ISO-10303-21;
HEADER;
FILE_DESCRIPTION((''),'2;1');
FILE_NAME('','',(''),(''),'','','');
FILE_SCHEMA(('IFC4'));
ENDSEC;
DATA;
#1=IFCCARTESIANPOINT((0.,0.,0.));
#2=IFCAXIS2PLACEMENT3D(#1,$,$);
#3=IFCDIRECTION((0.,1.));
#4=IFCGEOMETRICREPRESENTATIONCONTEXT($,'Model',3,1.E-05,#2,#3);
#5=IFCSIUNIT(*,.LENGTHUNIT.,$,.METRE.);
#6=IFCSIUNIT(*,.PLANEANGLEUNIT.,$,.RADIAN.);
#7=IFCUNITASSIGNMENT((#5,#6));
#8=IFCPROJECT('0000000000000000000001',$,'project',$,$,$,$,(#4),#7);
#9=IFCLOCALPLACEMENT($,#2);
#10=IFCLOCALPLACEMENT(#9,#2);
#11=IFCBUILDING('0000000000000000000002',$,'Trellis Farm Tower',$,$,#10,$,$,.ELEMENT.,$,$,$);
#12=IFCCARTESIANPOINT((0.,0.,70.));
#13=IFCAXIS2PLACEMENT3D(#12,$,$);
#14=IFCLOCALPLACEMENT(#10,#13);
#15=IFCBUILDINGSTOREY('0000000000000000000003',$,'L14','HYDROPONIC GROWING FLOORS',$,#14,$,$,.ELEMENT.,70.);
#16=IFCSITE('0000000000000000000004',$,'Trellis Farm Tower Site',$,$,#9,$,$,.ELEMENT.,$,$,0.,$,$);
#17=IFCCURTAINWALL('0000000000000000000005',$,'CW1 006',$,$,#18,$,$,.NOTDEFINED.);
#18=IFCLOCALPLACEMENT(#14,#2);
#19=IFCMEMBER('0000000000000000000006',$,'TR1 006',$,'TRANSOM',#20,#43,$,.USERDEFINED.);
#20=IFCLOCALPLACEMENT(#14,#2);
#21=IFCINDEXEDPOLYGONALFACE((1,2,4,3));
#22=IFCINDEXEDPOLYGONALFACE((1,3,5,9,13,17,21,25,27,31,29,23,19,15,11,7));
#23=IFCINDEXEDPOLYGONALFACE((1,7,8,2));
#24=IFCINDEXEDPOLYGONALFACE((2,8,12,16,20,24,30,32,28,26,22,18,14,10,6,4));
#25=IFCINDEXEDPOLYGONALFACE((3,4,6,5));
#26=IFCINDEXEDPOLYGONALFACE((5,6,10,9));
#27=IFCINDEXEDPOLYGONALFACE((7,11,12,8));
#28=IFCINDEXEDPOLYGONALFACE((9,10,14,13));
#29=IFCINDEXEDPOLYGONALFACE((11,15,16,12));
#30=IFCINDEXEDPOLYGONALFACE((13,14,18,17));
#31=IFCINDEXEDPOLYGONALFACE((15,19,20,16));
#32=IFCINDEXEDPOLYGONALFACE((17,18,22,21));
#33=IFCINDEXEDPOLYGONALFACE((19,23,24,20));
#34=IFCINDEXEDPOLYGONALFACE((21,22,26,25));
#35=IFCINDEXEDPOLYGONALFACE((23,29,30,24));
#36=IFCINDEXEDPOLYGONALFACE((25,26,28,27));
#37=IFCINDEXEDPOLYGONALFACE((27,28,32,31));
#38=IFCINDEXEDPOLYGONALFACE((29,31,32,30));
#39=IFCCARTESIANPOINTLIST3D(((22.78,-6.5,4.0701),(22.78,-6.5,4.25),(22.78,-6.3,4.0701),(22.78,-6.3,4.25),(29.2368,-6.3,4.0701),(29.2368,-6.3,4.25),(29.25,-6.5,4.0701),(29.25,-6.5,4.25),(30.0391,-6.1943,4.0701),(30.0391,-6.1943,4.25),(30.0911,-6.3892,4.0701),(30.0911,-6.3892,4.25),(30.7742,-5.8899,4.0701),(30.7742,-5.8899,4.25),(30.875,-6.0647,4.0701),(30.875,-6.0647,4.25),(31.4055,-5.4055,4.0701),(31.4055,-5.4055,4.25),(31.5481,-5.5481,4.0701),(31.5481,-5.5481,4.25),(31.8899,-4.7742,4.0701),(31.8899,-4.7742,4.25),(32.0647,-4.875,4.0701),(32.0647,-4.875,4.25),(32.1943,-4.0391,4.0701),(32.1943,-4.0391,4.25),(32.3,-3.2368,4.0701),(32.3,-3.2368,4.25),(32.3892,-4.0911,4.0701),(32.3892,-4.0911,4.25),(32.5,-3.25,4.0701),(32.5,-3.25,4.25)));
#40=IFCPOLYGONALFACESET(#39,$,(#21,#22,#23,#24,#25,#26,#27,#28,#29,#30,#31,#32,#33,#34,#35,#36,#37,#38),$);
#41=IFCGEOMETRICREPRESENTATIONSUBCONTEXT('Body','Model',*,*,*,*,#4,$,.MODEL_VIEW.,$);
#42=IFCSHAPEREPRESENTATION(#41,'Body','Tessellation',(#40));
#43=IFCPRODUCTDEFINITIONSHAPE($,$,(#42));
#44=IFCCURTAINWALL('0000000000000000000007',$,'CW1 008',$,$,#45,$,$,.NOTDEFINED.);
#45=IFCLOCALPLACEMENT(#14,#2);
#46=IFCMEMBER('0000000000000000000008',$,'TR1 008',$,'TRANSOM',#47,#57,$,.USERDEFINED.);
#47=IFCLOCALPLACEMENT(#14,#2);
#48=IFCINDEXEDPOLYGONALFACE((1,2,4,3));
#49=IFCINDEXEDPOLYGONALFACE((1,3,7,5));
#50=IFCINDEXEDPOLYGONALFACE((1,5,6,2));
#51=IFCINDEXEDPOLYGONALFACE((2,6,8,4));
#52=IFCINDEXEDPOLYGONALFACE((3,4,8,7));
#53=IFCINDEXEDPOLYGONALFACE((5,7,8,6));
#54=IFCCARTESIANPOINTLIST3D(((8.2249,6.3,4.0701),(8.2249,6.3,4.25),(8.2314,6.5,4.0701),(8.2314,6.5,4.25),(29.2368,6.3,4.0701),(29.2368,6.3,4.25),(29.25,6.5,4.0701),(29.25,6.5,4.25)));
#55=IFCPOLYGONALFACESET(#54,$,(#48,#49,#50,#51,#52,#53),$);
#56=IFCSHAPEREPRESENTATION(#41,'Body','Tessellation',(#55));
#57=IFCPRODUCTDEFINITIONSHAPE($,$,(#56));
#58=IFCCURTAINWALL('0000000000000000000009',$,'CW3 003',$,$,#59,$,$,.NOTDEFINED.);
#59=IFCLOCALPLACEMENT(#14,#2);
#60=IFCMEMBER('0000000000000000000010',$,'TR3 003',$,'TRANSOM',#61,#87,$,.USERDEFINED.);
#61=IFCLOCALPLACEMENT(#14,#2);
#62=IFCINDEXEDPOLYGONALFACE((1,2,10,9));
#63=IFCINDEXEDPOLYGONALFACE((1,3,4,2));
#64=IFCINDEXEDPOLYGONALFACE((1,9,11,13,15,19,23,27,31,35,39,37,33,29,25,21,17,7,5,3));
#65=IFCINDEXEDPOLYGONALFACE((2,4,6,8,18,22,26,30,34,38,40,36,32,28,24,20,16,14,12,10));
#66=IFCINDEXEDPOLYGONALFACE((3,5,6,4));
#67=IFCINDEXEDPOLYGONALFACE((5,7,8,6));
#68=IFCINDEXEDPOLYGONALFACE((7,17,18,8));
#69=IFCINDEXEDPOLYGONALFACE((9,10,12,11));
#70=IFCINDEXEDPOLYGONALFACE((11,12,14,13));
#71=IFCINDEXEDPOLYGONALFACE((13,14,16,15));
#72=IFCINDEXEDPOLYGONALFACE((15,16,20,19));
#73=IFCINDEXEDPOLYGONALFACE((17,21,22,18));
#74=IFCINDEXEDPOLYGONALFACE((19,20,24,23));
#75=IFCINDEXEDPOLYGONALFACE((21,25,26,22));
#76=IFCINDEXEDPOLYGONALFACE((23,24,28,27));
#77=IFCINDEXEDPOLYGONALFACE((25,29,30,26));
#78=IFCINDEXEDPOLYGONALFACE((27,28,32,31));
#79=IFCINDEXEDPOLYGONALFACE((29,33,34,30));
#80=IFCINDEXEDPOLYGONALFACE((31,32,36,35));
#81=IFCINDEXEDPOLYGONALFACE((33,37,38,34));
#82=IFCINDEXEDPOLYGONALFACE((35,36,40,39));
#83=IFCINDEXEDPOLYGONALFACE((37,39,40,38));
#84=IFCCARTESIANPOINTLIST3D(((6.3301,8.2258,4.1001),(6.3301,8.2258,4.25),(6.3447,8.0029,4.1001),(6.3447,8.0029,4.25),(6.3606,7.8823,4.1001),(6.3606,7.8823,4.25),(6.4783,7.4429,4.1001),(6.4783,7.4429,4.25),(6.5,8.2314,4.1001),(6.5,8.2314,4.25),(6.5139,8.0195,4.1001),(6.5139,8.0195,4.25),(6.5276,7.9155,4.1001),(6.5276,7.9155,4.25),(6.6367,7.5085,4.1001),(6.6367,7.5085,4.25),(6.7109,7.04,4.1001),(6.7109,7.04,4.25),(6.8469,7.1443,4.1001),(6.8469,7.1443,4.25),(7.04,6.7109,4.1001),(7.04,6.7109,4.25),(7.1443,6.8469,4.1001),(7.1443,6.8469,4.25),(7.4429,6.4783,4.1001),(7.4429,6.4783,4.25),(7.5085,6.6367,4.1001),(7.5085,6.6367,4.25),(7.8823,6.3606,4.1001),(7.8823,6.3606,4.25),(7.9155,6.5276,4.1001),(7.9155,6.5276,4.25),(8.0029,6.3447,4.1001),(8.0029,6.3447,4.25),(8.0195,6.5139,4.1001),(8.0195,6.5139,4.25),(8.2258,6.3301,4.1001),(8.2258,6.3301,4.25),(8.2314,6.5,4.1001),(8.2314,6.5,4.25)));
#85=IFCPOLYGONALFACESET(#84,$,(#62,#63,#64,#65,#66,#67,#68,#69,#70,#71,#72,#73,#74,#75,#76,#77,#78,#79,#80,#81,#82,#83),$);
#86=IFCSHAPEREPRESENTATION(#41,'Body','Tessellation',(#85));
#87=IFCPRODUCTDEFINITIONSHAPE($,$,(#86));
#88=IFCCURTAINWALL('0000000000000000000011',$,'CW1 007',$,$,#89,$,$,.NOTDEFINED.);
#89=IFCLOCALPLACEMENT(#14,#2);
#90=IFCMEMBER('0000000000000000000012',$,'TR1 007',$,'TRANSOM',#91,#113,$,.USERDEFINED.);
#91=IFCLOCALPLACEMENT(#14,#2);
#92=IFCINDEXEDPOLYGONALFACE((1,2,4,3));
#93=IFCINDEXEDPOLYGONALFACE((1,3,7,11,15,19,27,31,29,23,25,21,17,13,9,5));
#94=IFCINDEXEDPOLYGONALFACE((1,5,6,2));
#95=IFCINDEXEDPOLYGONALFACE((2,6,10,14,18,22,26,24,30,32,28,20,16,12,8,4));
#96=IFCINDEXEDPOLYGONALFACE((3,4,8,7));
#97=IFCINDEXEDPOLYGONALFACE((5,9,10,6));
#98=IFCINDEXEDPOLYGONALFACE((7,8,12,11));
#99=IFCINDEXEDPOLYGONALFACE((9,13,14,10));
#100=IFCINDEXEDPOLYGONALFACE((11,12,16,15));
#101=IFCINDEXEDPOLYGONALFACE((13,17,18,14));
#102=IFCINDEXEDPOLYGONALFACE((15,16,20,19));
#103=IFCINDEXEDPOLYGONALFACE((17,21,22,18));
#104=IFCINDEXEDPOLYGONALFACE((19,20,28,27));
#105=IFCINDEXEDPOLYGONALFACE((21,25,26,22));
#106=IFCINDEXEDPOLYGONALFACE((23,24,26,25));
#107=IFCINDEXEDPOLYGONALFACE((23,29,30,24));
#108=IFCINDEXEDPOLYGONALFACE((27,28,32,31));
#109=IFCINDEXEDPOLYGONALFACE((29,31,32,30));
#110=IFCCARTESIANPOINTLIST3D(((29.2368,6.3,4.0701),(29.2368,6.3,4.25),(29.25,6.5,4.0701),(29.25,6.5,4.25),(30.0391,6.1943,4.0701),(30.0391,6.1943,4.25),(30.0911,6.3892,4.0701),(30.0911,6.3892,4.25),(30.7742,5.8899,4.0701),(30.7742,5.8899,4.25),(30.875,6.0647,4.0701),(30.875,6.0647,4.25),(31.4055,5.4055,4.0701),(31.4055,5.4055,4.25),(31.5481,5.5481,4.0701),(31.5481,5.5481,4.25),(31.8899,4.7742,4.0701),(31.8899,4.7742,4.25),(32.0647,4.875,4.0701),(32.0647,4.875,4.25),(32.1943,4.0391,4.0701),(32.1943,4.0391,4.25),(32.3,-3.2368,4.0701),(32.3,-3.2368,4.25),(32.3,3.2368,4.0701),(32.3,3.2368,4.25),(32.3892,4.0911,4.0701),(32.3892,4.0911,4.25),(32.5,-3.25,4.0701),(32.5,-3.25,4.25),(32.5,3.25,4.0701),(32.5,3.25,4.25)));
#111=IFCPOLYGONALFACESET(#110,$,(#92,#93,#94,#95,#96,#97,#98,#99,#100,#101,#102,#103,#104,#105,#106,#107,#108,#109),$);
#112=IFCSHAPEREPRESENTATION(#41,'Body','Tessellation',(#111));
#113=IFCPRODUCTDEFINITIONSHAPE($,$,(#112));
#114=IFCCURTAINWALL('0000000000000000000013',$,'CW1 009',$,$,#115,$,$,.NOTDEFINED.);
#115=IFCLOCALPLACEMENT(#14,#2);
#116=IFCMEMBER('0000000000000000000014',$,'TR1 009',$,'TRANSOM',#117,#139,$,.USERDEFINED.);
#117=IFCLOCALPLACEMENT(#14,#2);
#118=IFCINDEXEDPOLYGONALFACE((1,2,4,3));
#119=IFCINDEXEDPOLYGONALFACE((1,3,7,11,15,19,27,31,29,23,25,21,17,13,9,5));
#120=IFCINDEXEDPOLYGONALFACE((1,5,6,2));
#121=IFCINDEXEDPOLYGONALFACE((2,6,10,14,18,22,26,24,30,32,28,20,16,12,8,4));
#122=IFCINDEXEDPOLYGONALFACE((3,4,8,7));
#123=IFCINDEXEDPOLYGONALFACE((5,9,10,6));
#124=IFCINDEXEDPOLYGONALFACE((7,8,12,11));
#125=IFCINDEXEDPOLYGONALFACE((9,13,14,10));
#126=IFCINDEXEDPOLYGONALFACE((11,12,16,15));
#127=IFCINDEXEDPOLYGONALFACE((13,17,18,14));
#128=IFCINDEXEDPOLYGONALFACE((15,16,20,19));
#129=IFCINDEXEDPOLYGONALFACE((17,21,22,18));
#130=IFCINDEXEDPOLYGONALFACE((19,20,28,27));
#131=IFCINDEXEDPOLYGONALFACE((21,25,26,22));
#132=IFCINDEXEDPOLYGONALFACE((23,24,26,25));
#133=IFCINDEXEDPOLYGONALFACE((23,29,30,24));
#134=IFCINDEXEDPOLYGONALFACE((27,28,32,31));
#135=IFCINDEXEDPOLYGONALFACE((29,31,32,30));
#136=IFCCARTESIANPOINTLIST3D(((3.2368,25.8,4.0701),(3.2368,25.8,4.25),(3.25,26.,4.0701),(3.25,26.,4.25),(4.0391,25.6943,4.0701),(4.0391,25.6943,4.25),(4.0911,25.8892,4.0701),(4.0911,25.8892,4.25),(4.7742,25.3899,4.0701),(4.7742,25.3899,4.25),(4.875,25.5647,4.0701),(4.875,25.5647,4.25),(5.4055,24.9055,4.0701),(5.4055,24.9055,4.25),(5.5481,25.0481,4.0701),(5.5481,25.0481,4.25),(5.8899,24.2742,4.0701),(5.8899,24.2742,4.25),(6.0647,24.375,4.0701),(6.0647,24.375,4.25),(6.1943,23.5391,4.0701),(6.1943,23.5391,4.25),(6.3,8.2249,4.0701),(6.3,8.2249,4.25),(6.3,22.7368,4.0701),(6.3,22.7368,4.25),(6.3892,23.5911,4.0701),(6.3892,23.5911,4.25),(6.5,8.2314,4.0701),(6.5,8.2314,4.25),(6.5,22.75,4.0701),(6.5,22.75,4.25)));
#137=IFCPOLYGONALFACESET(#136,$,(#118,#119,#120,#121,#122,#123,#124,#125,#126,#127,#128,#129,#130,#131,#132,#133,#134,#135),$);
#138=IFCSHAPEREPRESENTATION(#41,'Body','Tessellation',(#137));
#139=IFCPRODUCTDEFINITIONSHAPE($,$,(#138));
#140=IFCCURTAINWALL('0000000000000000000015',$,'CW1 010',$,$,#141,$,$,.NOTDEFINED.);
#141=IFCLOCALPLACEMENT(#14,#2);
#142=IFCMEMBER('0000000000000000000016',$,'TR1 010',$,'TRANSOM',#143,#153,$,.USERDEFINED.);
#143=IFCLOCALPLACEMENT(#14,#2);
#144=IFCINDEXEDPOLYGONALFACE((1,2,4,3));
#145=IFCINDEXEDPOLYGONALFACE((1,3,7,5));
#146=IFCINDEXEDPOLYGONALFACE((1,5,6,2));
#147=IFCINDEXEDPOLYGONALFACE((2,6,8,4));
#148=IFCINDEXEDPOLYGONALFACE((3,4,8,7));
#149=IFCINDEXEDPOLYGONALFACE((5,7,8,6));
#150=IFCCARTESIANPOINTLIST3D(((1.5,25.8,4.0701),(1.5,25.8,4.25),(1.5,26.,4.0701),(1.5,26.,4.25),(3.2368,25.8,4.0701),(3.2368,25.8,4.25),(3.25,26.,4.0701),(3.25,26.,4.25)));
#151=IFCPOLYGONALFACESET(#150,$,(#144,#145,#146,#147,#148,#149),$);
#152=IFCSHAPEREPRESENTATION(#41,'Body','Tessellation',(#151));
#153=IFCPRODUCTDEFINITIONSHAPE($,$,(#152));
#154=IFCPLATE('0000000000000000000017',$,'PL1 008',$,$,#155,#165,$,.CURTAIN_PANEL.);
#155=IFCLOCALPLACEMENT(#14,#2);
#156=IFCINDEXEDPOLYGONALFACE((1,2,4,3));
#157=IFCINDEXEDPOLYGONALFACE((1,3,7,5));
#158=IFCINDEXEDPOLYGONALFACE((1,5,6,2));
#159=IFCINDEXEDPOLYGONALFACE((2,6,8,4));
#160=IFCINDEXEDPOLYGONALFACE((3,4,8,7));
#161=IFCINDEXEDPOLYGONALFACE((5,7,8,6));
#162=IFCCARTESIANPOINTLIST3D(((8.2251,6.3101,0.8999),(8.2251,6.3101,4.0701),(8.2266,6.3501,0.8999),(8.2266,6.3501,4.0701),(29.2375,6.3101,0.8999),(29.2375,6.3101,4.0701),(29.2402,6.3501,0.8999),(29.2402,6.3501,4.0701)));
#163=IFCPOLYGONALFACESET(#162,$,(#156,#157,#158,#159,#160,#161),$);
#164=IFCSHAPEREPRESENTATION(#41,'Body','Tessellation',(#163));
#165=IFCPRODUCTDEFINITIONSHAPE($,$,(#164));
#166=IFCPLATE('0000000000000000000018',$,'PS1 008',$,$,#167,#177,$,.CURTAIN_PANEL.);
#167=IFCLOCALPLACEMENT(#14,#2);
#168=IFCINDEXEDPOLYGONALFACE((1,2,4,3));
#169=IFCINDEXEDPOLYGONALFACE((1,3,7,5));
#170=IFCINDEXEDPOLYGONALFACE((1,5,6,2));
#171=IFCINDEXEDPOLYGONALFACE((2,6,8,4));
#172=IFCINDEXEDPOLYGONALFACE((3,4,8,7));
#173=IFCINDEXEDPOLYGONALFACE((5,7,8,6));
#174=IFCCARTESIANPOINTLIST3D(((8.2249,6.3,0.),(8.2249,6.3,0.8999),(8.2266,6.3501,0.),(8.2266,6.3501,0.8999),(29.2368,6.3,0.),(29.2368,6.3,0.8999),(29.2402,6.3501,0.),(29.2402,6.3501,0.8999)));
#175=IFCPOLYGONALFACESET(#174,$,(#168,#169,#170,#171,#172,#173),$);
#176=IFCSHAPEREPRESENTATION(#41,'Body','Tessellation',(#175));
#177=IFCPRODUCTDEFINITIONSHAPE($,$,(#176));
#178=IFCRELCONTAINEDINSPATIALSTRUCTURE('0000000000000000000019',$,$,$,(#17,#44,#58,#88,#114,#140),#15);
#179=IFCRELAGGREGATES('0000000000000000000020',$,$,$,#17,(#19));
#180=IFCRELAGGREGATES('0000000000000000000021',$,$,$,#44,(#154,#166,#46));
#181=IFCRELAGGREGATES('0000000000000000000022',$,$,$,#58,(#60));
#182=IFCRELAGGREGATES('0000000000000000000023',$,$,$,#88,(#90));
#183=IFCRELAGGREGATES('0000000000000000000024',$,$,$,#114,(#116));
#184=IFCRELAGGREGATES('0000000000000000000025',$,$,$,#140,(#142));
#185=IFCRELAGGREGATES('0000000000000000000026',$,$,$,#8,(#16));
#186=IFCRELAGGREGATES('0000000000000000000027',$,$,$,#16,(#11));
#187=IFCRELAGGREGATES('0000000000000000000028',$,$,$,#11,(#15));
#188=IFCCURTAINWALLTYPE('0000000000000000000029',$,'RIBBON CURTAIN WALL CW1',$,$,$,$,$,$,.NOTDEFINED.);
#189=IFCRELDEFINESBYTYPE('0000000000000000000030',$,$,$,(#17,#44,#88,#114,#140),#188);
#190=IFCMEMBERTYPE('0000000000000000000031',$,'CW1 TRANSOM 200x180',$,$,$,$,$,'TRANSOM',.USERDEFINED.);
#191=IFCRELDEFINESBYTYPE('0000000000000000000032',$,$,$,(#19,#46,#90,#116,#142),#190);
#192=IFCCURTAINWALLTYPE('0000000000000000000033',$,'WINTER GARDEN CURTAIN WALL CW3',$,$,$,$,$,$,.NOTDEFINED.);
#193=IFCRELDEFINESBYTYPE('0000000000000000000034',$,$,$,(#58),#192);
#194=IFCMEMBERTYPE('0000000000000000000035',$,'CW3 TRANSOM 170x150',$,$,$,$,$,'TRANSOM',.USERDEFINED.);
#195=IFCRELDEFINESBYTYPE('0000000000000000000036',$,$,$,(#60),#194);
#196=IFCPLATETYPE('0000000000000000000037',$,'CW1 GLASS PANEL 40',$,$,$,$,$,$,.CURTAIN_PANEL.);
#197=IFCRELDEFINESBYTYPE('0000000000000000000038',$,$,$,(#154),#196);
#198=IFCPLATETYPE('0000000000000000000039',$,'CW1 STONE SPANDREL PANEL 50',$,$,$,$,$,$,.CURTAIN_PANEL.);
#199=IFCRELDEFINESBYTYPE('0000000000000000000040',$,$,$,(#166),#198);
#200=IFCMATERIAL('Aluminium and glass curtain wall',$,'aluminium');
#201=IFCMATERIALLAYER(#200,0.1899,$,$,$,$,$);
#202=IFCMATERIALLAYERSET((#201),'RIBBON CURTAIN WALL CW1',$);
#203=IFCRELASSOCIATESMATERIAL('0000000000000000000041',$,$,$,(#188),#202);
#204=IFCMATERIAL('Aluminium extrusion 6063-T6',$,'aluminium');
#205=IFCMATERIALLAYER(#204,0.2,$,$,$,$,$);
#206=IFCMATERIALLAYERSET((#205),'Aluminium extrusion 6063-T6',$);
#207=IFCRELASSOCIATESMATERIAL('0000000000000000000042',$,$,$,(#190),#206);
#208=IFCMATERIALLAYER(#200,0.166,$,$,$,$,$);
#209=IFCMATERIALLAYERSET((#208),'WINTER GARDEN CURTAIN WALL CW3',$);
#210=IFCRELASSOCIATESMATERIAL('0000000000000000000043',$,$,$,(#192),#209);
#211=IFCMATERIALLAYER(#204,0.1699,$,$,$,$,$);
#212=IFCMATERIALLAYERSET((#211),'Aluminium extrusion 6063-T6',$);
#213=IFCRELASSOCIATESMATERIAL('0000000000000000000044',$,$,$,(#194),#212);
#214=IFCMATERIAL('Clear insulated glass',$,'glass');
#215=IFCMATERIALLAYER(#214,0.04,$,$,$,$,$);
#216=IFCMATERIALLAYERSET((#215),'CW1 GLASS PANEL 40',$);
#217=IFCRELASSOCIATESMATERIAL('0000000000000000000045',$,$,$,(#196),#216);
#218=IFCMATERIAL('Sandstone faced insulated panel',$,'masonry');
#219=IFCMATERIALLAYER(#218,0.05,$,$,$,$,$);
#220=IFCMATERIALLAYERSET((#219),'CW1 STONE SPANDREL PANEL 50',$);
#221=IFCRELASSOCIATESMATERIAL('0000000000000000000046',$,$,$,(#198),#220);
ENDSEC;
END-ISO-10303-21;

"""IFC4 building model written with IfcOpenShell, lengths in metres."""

from ifc_helpers import new_model, si_unit, direction, frame, origin, place, context, subcontext, project, spatial, polyline, outline, extrude, source, transform, mapped, material, layer, layer_set, type_object, element, aggregate, save


model = new_model("IFC4")

# Units and contexts
model_context = context("Model", 3, precision=1e-05, world=origin(), true_north=direction((0.0, 1.0)))
body_context = subcontext(model_context, "Body", "Model", "MODEL_VIEW")
ifc_project = project(units=[si_unit("LENGTHUNIT", "METRE"), si_unit("PLANEANGLEUNIT", "RADIAN")], contexts=[model_context])

# Site, building, storey
site_placement = place(None, origin())
site = spatial("IfcSite", under=ifc_project, at=site_placement, Name="Trellis Farm Tower Site", CompositionType="ELEMENT", RefElevation=0.0)
building_placement = place(site_placement, origin())
building = spatial("IfcBuilding", under=site, at=building_placement, Name="Trellis Farm Tower", CompositionType="ELEMENT")
storey_placement = place(building_placement, frame((0.0, 0.0, 70.0)))
storey = spatial("IfcBuildingStorey", under=building, at=storey_placement, Name="L14", Description="HYDROPONIC GROWING FLOORS", CompositionType="ELEMENT", Elevation=70.0)

# Curtain walls, members
ifc_material_1 = material(Name="Aluminium and glass curtain wall", Category="aluminium")
ifc_layer_1 = layer(ifc_material_1, 0.1899)
ifc_layer_set_1 = layer_set([ifc_layer_1], Name="RIBBON CURTAIN WALL CW1")
curtain_wall_type_1 = type_object("IfcCurtainWallType", Name="RIBBON CURTAIN WALL CW1", PredefinedType="NOTDEFINED", material=ifc_layer_set_1)
placement_1 = place(storey_placement, origin())
curtain_wall_1 = element("IfcCurtainWall", 1, at=placement_1, inside=storey, type_object=curtain_wall_type_1, Name="CW1 006", PredefinedType="NOTDEFINED")
ifc_material_2 = material(Name="Aluminium extrusion 6063-T6", Category="aluminium")
ifc_layer_2 = layer(ifc_material_2, 0.2)
ifc_layer_set_2 = layer_set([ifc_layer_2], Name="Aluminium extrusion 6063-T6")
member_type_1 = type_object("IfcMemberType", Name="CW1 TRANSOM 200x180", ElementType="TRANSOM", PredefinedType="USERDEFINED", material=ifc_layer_set_2)
shared_shape_1 = source(origin(), body_context, "Body", "SweptSolid", [
    extrude(outline(polyline([(22.78, -6.5), (29.25, -6.5), (30.0911, -6.3892), (30.875, -6.0647), (31.5481, -5.5481), (32.0647, -4.875), (32.3892, -4.0911), (32.5, -3.25), (32.3, -3.2368), (32.1943, -4.0391), (31.8899, -4.7742), (31.4055, -5.4055), (30.7742, -5.8899), (30.0391, -6.1943), (29.2368, -6.3), (22.78, -6.3), (22.78, -6.5)])), origin(), (0.0, 0.0, 1.0), 0.1799),
])
placement_2 = place(storey_placement, frame((0.0, 0.0, 4.0701)))
member_1 = element("IfcMember", 2, at=placement_2, type_object=member_type_1, Name="TR1 006", ObjectType="TRANSOM", PredefinedType="USERDEFINED", context=body_context, shape_type="MappedRepresentation", body=[
    mapped(shared_shape_1, transform((0.0, 0.0, 0.0))),
])
aggregate(curtain_wall_1, [member_1])
curtain_wall_2 = element("IfcCurtainWall", 3, at=placement_1, inside=storey, type_object=curtain_wall_type_1, Name="CW1 008", PredefinedType="NOTDEFINED")
shared_shape_2 = source(origin(), body_context, "Body", "SweptSolid", [
    extrude(outline(polyline([(29.25, 6.5), (8.2314, 6.5), (8.2249, 6.3), (29.2368, 6.3), (29.25, 6.5)])), origin(), (0.0, 0.0, 1.0), 0.1799),
])
member_2 = element("IfcMember", 4, at=placement_2, type_object=member_type_1, Name="TR1 008", ObjectType="TRANSOM", PredefinedType="USERDEFINED", context=body_context, shape_type="MappedRepresentation", body=[
    mapped(shared_shape_2, transform((0.0, 0.0, 0.0))),
])
ifc_layer_3 = layer(ifc_material_1, 0.166)
ifc_layer_set_3 = layer_set([ifc_layer_3], Name="WINTER GARDEN CURTAIN WALL CW3")
curtain_wall_type_2 = type_object("IfcCurtainWallType", Name="WINTER GARDEN CURTAIN WALL CW3", PredefinedType="NOTDEFINED", material=ifc_layer_set_3)
curtain_wall_3 = element("IfcCurtainWall", 5, at=placement_1, inside=storey, type_object=curtain_wall_type_2, Name="CW3 003", PredefinedType="NOTDEFINED")
ifc_layer_4 = layer(ifc_material_2, 0.1699)
ifc_layer_set_4 = layer_set([ifc_layer_4], Name="Aluminium extrusion 6063-T6")
member_type_2 = type_object("IfcMemberType", Name="CW3 TRANSOM 170x150", ElementType="TRANSOM", PredefinedType="USERDEFINED", material=ifc_layer_set_4)
shared_shape_3 = source(origin(), body_context, "Body", "SweptSolid", [
    extrude(outline(polyline([(8.2314, 6.5), (8.0195, 6.5139), (7.9155, 6.5276), (7.5085, 6.6367), (7.1443, 6.8469), (6.8469, 7.1443), (6.6367, 7.5085), (6.5276, 7.9155), (6.5139, 8.0195), (6.5, 8.2314), (6.3301, 8.2258), (6.3447, 8.0029), (6.3606, 7.8823), (6.4783, 7.4429), (6.7109, 7.04), (7.04, 6.7109), (7.4429, 6.4783), (7.8823, 6.3606), (8.0029, 6.3447), (8.2258, 6.3301), (8.2314, 6.5)])), origin(), (0.0, 0.0, 1.0), 0.1499),
])
member_3_placement = place(storey_placement, frame((0.0, 0.0, 4.1001)))
member_3 = element("IfcMember", 6, at=member_3_placement, type_object=member_type_2, Name="TR3 003", ObjectType="TRANSOM", PredefinedType="USERDEFINED", context=body_context, shape_type="MappedRepresentation", body=[
    mapped(shared_shape_3, transform((0.0, 0.0, 0.0))),
])
curtain_wall_4 = element("IfcCurtainWall", 7, at=placement_1, inside=storey, type_object=curtain_wall_type_1, Name="CW1 007", PredefinedType="NOTDEFINED")
shared_shape_4 = source(origin(), body_context, "Body", "SweptSolid", [
    extrude(outline(polyline([(32.5, -3.25), (32.5, 3.25), (32.3892, 4.0911), (32.0647, 4.875), (31.5481, 5.5481), (30.875, 6.0647), (30.0911, 6.3892), (29.25, 6.5), (29.2368, 6.3), (30.0391, 6.1943), (30.7742, 5.8899), (31.4055, 5.4055), (31.8899, 4.7742), (32.1943, 4.0391), (32.3, 3.2368), (32.3, -3.2368), (32.5, -3.25)])), origin(), (0.0, 0.0, 1.0), 0.1799),
])
member_4 = element("IfcMember", 8, at=placement_2, type_object=member_type_1, Name="TR1 007", ObjectType="TRANSOM", PredefinedType="USERDEFINED", context=body_context, shape_type="MappedRepresentation", body=[
    mapped(shared_shape_4, transform((0.0, 0.0, 0.0))),
])
curtain_wall_5 = element("IfcCurtainWall", 9, at=placement_1, inside=storey, type_object=curtain_wall_type_1, Name="CW1 009", PredefinedType="NOTDEFINED")
shared_shape_5 = source(origin(), body_context, "Body", "SweptSolid", [
    extrude(outline(polyline([(6.5, 8.2314), (6.5, 22.75), (6.3892, 23.5911), (6.0647, 24.375), (5.5481, 25.0481), (4.875, 25.5647), (4.0911, 25.8892), (3.25, 26.0), (3.2368, 25.8), (4.0391, 25.6943), (4.7742, 25.3899), (5.4055, 24.9055), (5.8899, 24.2742), (6.1943, 23.5391), (6.3, 22.7368), (6.3, 8.2249), (6.5, 8.2314)])), origin(), (0.0, 0.0, 1.0), 0.1799),
])
member_5 = element("IfcMember", 10, at=placement_2, type_object=member_type_1, Name="TR1 009", ObjectType="TRANSOM", PredefinedType="USERDEFINED", context=body_context, shape_type="MappedRepresentation", body=[
    mapped(shared_shape_5, transform((0.0, 0.0, 0.0))),
])
curtain_wall_6 = element("IfcCurtainWall", 11, at=placement_1, inside=storey, type_object=curtain_wall_type_1, Name="CW1 010", PredefinedType="NOTDEFINED")
shared_shape_6 = source(origin(), body_context, "Body", "SweptSolid", [
    extrude(outline(polyline([(3.25, 26.0), (1.5, 26.0), (1.5, 25.8), (3.2368, 25.8), (3.25, 26.0)])), origin(), (0.0, 0.0, 1.0), 0.1799),
])
member_6 = element("IfcMember", 12, at=placement_2, type_object=member_type_1, Name="TR1 010", ObjectType="TRANSOM", PredefinedType="USERDEFINED", context=body_context, shape_type="MappedRepresentation", body=[
    mapped(shared_shape_6, transform((0.0, 0.0, 0.0))),
])

# Plates
ifc_material_3 = material(Name="Clear insulated glass", Category="glass")
ifc_layer_5 = layer(ifc_material_3, 0.04)
ifc_layer_set_5 = layer_set([ifc_layer_5], Name="CW1 GLASS PANEL 40")
plate_type_1 = type_object("IfcPlateType", Name="CW1 GLASS PANEL 40", PredefinedType="CURTAIN_PANEL", material=ifc_layer_set_5)
shared_shape_7 = source(origin(), body_context, "Body", "SweptSolid", [
    extrude(outline(polyline([(29.2402, 6.3501), (8.2266, 6.3501), (8.2251, 6.3101), (29.2375, 6.3101), (29.2402, 6.3501)])), origin(), (0.0, 0.0, 1.0), 3.1702),
])
placement_3 = place(storey_placement, frame((0.0, 0.0, 0.8999)))
plate_1 = element("IfcPlate", 13, at=placement_3, type_object=plate_type_1, Name="PL1 008", PredefinedType="CURTAIN_PANEL", context=body_context, shape_type="MappedRepresentation", body=[
    mapped(shared_shape_7, transform((0.0, 0.0, 0.0))),
])
ifc_material_4 = material(Name="Sandstone faced insulated panel", Category="masonry")
ifc_layer_6 = layer(ifc_material_4, 0.05)
ifc_layer_set_6 = layer_set([ifc_layer_6], Name="CW1 STONE SPANDREL PANEL 50")
plate_type_2 = type_object("IfcPlateType", Name="CW1 STONE SPANDREL PANEL 50", PredefinedType="CURTAIN_PANEL", material=ifc_layer_set_6)
shared_shape_8 = source(origin(), body_context, "Body", "SweptSolid", [
    extrude(outline(polyline([(29.2402, 6.3501), (8.2266, 6.3501), (8.2249, 6.3), (29.2368, 6.3), (29.2402, 6.3501)])), origin(), (0.0, 0.0, 1.0), 0.8999),
])
plate_2 = element("IfcPlate", 14, at=placement_1, type_object=plate_type_2, Name="PS1 008", PredefinedType="CURTAIN_PANEL", context=body_context, shape_type="MappedRepresentation", body=[
    mapped(shared_shape_8, transform((0.0, 0.0, 0.0))),
])
aggregate(curtain_wall_2, [plate_1, plate_2, member_2])
aggregate(curtain_wall_3, [member_3])
aggregate(curtain_wall_4, [member_4])
aggregate(curtain_wall_5, [member_5])
aggregate(curtain_wall_6, [member_6])

save(model, "model.ifc")
